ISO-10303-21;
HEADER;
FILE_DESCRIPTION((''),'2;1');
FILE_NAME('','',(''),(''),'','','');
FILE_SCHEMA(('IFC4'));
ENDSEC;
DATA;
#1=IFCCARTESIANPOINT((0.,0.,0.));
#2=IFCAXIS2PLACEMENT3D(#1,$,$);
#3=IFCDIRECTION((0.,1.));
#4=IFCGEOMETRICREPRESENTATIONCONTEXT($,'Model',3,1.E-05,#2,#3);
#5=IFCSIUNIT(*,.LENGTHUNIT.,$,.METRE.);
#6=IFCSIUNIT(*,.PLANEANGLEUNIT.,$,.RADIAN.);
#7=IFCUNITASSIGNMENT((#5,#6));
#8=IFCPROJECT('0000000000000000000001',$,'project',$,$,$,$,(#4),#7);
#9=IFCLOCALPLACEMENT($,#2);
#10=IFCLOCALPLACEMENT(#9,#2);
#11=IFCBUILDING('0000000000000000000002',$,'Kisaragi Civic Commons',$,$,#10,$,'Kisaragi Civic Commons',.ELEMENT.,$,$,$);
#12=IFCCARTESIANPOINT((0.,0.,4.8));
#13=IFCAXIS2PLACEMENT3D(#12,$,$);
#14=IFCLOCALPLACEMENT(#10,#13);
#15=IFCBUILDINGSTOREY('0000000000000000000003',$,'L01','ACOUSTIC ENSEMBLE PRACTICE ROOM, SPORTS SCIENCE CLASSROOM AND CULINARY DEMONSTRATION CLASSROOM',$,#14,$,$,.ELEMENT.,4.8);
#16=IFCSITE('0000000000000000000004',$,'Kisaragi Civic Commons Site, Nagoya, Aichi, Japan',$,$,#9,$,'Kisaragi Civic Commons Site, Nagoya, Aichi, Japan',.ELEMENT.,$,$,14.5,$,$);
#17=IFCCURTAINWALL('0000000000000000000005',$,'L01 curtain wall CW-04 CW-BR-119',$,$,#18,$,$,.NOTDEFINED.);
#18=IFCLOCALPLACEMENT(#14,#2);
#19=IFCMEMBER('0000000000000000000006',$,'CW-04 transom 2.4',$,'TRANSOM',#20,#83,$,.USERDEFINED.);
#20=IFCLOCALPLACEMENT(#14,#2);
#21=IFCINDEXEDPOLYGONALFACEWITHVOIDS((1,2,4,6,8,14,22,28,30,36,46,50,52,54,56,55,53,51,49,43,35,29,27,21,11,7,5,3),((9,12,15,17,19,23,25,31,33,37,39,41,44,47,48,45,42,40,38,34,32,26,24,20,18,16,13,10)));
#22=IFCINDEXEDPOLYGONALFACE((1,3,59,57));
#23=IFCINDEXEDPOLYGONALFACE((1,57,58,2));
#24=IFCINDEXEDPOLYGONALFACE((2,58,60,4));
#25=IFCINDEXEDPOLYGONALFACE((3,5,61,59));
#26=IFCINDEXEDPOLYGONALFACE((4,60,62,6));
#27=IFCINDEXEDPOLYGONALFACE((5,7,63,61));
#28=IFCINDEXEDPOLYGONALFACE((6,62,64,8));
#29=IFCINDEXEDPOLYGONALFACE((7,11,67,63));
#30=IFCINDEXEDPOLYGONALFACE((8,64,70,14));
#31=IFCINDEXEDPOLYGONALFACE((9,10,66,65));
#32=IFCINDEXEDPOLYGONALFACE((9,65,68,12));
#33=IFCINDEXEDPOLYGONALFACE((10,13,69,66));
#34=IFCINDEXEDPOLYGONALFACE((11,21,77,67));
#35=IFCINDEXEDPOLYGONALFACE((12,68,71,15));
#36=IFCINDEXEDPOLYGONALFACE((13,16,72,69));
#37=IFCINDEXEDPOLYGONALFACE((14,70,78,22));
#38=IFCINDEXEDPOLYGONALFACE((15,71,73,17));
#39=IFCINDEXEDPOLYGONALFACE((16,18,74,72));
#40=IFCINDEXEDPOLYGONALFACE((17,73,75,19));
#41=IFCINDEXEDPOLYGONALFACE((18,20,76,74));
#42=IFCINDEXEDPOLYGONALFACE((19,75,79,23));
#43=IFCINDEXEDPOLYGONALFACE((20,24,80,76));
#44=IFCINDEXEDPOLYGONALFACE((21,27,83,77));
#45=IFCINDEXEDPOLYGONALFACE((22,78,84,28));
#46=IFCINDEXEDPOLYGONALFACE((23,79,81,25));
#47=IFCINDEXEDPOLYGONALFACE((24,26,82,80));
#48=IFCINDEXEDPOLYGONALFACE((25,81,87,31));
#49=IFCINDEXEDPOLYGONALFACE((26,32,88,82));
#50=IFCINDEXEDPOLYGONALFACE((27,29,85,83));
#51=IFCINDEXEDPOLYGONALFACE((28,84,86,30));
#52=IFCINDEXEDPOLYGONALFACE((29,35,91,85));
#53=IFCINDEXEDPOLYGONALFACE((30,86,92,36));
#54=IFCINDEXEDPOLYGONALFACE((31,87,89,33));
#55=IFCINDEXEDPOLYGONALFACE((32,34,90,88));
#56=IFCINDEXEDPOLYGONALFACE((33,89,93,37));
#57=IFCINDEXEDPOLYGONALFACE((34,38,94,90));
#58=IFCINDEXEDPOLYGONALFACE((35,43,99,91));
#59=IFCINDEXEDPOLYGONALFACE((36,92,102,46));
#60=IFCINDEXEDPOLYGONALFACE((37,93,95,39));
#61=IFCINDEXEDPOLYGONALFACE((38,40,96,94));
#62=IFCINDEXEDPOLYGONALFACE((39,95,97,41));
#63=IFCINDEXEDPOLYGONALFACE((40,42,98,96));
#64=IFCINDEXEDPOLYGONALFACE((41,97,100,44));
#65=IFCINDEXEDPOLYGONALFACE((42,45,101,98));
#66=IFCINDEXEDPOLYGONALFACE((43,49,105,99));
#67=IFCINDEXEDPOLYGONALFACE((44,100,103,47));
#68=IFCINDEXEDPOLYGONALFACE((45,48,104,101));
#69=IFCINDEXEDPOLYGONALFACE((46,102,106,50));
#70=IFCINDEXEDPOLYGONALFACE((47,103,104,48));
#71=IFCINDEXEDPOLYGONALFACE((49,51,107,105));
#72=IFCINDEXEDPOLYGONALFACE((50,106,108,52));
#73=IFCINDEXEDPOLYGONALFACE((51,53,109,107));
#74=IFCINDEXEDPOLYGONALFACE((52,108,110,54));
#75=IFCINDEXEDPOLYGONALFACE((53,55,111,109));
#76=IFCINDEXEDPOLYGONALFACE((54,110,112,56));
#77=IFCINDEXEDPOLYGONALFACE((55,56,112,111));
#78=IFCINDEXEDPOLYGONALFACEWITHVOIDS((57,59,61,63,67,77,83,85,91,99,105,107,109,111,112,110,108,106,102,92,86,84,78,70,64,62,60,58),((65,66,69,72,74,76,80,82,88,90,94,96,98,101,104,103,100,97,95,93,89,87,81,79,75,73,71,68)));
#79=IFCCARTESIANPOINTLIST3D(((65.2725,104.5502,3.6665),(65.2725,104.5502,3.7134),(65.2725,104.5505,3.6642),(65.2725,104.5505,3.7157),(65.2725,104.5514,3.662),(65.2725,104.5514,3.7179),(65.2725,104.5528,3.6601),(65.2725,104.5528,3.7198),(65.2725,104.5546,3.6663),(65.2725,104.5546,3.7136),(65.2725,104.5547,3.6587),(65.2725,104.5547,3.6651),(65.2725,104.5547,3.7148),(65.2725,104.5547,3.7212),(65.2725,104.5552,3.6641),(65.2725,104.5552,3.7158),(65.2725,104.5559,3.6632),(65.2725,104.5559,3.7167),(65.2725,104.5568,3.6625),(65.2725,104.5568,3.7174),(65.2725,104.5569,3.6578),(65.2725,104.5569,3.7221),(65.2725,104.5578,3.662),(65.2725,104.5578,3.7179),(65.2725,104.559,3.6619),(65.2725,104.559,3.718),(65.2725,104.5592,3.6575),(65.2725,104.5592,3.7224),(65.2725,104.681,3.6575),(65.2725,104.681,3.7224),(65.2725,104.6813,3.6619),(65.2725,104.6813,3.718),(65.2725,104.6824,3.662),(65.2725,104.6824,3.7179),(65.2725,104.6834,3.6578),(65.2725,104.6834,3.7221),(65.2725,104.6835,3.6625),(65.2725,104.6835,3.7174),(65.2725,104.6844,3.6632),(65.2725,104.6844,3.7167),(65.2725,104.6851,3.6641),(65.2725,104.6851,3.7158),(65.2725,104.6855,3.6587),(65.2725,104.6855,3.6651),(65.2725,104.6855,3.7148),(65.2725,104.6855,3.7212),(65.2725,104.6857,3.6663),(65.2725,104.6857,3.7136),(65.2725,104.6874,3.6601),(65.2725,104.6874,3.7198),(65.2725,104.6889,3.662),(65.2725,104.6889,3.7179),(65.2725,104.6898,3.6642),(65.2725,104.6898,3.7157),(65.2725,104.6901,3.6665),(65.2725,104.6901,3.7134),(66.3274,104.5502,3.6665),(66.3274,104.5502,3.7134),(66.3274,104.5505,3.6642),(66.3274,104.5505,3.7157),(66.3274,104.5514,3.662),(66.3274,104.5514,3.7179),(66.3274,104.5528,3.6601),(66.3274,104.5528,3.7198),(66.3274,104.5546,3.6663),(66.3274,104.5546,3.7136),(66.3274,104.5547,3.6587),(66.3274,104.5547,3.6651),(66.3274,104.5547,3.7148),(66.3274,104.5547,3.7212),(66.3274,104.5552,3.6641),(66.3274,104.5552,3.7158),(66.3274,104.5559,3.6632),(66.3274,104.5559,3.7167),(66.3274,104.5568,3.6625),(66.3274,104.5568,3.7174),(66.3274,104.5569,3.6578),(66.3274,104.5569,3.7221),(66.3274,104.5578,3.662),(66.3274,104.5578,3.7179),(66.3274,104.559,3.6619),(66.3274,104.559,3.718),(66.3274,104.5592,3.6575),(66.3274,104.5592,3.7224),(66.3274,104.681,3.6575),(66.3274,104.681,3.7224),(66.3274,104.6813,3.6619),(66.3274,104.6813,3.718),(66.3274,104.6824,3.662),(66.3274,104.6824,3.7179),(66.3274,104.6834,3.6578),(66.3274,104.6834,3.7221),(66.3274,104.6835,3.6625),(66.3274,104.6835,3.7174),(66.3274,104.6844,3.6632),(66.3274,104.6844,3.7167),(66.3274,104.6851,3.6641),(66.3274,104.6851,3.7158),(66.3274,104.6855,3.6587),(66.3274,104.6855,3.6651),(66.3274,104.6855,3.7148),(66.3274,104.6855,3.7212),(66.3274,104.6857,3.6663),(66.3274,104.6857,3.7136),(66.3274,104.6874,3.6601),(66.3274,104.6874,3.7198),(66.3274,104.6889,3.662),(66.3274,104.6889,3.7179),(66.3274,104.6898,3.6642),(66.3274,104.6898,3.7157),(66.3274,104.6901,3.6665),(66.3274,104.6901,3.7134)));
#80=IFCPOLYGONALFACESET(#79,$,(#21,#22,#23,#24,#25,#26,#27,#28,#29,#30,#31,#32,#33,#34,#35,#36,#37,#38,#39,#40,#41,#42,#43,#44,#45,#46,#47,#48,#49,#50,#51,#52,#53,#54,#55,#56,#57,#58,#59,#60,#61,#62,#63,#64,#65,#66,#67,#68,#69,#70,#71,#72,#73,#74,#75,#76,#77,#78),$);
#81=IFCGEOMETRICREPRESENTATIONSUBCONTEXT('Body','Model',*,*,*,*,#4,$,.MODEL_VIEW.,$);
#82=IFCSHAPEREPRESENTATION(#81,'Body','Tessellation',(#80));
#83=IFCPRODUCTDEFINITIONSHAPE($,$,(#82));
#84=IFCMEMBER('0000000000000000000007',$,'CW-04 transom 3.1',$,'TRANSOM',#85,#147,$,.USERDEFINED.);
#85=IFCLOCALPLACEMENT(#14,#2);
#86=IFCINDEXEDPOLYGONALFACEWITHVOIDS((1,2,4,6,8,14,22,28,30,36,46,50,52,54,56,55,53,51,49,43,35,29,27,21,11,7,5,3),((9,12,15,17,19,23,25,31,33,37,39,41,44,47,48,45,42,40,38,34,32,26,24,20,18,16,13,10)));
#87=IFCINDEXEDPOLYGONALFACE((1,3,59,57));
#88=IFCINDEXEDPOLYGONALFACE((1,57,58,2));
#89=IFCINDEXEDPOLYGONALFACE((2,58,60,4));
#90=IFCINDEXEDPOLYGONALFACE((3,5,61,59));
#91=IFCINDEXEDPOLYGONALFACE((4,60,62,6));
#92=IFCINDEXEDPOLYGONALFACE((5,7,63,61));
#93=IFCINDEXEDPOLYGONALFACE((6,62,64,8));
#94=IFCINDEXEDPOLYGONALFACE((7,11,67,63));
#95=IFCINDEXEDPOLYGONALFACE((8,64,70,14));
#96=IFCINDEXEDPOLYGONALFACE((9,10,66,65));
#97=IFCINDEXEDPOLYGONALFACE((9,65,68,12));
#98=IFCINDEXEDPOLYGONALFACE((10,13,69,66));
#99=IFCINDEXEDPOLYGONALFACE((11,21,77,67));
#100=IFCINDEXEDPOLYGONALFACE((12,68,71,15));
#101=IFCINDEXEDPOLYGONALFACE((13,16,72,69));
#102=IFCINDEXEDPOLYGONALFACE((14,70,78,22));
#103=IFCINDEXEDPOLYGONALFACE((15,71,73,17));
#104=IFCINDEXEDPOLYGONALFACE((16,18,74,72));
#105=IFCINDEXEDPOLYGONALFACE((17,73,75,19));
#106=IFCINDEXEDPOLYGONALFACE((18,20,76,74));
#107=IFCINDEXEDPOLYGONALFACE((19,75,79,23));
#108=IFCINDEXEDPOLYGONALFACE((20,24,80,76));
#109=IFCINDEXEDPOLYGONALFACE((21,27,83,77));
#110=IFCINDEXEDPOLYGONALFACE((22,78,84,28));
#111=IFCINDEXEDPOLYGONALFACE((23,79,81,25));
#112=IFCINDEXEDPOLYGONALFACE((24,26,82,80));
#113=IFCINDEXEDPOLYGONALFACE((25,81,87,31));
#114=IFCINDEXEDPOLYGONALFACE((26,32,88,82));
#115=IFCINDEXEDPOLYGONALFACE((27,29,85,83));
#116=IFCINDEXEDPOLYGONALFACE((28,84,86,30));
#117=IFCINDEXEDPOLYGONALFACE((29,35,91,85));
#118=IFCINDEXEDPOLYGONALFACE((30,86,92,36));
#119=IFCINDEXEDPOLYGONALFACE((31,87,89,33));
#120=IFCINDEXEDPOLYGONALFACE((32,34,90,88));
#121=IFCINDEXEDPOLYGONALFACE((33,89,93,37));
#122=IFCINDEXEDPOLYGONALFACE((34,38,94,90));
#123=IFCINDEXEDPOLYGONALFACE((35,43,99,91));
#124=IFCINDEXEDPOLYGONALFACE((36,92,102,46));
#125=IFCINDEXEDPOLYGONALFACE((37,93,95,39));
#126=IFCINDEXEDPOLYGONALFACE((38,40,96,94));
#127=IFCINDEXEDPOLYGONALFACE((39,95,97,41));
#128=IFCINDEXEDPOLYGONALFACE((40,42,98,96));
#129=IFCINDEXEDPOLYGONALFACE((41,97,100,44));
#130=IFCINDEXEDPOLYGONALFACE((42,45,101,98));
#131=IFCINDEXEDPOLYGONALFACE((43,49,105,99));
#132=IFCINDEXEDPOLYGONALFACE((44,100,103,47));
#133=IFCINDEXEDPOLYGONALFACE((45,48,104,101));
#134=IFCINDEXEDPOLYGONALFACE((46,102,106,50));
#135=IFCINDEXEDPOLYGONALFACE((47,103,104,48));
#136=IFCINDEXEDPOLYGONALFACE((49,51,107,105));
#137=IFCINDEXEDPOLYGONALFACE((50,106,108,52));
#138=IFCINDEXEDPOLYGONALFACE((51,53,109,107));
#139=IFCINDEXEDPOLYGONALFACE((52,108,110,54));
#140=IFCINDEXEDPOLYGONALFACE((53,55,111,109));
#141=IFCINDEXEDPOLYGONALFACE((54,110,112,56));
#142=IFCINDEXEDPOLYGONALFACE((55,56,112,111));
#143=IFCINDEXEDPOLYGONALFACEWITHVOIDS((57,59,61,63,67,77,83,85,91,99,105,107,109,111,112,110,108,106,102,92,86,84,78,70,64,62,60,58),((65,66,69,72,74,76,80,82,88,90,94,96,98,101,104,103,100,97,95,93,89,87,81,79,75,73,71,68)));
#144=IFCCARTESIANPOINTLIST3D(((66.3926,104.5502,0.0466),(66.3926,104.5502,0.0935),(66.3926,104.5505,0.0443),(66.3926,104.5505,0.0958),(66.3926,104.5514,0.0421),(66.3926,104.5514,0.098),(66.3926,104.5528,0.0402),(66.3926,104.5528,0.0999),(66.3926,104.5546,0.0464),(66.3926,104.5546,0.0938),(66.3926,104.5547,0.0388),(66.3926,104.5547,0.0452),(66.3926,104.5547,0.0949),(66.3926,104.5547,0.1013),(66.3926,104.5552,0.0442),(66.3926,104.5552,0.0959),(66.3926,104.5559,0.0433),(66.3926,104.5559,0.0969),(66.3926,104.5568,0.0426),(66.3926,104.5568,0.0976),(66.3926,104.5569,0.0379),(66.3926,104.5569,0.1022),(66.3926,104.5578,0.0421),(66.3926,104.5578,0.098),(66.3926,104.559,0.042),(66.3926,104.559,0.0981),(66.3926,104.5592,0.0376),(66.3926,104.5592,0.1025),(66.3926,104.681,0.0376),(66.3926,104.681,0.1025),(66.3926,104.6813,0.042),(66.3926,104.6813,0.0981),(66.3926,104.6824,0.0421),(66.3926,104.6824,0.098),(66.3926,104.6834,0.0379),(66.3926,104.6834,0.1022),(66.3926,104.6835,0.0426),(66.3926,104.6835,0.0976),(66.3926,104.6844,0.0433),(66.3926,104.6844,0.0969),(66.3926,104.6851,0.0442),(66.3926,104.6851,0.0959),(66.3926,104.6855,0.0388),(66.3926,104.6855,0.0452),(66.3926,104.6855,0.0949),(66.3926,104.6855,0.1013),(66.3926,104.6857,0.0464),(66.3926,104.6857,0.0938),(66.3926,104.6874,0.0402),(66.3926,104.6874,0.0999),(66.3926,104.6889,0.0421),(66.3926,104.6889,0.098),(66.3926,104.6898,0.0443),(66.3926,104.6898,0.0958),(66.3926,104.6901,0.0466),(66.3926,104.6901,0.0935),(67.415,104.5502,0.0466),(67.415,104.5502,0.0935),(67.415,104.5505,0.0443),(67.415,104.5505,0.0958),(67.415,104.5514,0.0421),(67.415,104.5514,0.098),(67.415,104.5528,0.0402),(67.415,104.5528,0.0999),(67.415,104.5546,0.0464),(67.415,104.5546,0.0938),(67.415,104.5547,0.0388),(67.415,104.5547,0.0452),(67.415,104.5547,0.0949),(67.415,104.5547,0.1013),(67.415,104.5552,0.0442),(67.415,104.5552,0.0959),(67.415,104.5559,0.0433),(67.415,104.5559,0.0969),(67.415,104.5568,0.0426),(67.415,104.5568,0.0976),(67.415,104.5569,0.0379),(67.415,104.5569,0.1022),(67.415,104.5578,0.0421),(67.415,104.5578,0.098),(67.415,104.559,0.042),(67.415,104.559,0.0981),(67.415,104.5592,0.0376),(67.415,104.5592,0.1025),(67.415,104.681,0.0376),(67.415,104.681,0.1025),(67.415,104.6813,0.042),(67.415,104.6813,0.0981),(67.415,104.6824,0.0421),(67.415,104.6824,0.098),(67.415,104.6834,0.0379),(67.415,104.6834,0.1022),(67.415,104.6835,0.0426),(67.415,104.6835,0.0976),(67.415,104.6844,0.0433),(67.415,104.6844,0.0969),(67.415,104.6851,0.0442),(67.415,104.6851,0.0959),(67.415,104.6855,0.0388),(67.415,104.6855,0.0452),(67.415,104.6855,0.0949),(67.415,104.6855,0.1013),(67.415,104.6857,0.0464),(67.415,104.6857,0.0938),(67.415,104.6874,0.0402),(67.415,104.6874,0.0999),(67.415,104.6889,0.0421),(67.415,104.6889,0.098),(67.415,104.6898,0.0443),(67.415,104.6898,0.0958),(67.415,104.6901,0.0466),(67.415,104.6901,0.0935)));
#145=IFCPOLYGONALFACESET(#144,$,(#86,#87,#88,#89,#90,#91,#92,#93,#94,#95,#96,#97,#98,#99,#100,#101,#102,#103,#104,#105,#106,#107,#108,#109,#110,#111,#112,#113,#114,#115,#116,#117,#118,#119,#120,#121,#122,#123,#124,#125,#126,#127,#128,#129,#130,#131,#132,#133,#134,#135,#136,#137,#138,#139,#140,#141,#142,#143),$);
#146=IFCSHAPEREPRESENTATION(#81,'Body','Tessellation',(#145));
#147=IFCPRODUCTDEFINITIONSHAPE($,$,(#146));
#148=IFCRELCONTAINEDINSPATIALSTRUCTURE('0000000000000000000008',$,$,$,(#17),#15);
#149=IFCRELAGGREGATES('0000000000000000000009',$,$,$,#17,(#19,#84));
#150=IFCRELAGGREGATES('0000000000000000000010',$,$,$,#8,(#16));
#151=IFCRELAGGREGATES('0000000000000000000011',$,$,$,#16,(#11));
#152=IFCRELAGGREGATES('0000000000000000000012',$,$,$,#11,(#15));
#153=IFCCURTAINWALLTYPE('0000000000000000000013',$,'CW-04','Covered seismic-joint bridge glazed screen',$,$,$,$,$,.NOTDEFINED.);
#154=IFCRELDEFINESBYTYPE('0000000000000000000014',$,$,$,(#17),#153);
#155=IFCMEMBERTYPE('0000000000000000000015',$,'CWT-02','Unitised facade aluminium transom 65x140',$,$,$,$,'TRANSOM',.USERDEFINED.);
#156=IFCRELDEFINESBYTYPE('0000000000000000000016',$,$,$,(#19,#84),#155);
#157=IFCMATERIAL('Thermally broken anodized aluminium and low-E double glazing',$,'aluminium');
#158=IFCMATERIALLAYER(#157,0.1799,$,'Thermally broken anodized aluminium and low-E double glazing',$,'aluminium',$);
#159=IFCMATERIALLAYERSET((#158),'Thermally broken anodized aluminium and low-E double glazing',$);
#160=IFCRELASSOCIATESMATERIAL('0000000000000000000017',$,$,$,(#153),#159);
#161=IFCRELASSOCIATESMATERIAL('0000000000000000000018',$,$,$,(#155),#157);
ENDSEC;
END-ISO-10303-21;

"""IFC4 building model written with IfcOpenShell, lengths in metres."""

from ifc_helpers import new_model, si_unit, direction, frame, origin, origin_2d, place, context, subcontext, project, spatial, hollow_rectangle, extrude, material, layer, layer_set, material_profile, profile_set, type_object, element, aggregate, save


model = new_model("IFC4")

# Units and contexts
model_context = context("Model", 3, precision=1e-05, world=origin(), true_north=direction((0.0, 1.0)))
body_context = subcontext(model_context, "Body", "Model", "MODEL_VIEW")
ifc_project = project(units=[si_unit("LENGTHUNIT", "METRE"), si_unit("PLANEANGLEUNIT", "RADIAN")], contexts=[model_context])

# Site, building, storey
site_placement = place(None, origin())
site = spatial("IfcSite", under=ifc_project, at=site_placement, Name="Kisaragi Civic Commons Site, Nagoya, Aichi, Japan", LongName="Kisaragi Civic Commons Site, Nagoya, Aichi, Japan", CompositionType="ELEMENT", RefElevation=14.5)
building_placement = place(site_placement, origin())
building = spatial("IfcBuilding", under=site, at=building_placement, Name="Kisaragi Civic Commons", LongName="Kisaragi Civic Commons", CompositionType="ELEMENT")
storey_placement = place(building_placement, frame((0.0, 0.0, 4.8)))
storey = spatial("IfcBuildingStorey", under=building, at=storey_placement, Name="L01", Description="ACOUSTIC ENSEMBLE PRACTICE ROOM, SPORTS SCIENCE CLASSROOM AND CULINARY DEMONSTRATION CLASSROOM", CompositionType="ELEMENT", Elevation=4.8)

# Curtain wall
ifc_material_1 = material(Name="Thermally broken anodized aluminium and low-E double glazing", Category="aluminium")
ifc_layer_1 = layer(ifc_material_1, 0.1799, Name="Thermally broken anodized aluminium and low-E double glazing", Category="aluminium")
ifc_layer_set_1 = layer_set([ifc_layer_1], Name="Thermally broken anodized aluminium and low-E double glazing")
curtain_wall_type = type_object("IfcCurtainWallType", Name="CW-04", Description="Covered seismic-joint bridge glazed screen", PredefinedType="NOTDEFINED", material=ifc_layer_set_1)
curtain_wall_1_placement = place(storey_placement, origin())
curtain_wall_1 = element("IfcCurtainWall", 1, at=curtain_wall_1_placement, inside=storey, type_object=curtain_wall_type, Name="L01 curtain wall CW-04 CW-BR-119", PredefinedType="NOTDEFINED")

# Members
ifc_material_profile_1 = material_profile(ifc_material_1, hollow_rectangle(XDim=0.1399, YDim=0.0649, WallThickness=0.0044, InnerFilletRadius=0.0044, OuterFilletRadius=0.009, at=origin_2d()), Name="CWT-65x140x4.5", Category="aluminium")
ifc_profile_set_1 = profile_set([ifc_material_profile_1], Name="Thermally broken anodized aluminium and low-E double glazing")
member_type_1 = type_object("IfcMemberType", Name="CWT-02", Description="Unitised facade aluminium transom 65x140", ElementType="TRANSOM", PredefinedType="USERDEFINED", material=ifc_profile_set_1)
member_1_placement = place(storey_placement, frame((65.2725, 104.6201, 3.6899), z_axis=(1.0, 0.0, 0.0), x_axis=(0.0, 1.0, 0.0)))
member_1 = element("IfcMember", 2, at=member_1_placement, type_object=member_type_1, Name="CW-04 transom 2.4", ObjectType="TRANSOM", PredefinedType="USERDEFINED", context=body_context, shape_type="SweptSolid", body=[
    extrude(hollow_rectangle(XDim=0.1399, YDim=0.0649, WallThickness=0.0044, InnerFilletRadius=0.0044, OuterFilletRadius=0.009, at=origin_2d()), origin(), (0.0, 0.0, 1.0), 1.0549),
])
member_2_placement = place(storey_placement, frame((66.3926, 104.6201, 0.0701), z_axis=(1.0, 0.0, 0.0), x_axis=(0.0, 1.0, 0.0)))
member_2 = element("IfcMember", 3, at=member_2_placement, type_object=member_type_1, Name="CW-04 transom 3.1", ObjectType="TRANSOM", PredefinedType="USERDEFINED", context=body_context, shape_type="SweptSolid", body=[
    extrude(hollow_rectangle(XDim=0.1399, YDim=0.0649, WallThickness=0.0044, InnerFilletRadius=0.0044, OuterFilletRadius=0.009, at=origin_2d()), origin(), (0.0, 0.0, 1.0), 1.0225),
])

aggregate(curtain_wall_1, [member_1, member_2])

save(model, "model.ifc")
